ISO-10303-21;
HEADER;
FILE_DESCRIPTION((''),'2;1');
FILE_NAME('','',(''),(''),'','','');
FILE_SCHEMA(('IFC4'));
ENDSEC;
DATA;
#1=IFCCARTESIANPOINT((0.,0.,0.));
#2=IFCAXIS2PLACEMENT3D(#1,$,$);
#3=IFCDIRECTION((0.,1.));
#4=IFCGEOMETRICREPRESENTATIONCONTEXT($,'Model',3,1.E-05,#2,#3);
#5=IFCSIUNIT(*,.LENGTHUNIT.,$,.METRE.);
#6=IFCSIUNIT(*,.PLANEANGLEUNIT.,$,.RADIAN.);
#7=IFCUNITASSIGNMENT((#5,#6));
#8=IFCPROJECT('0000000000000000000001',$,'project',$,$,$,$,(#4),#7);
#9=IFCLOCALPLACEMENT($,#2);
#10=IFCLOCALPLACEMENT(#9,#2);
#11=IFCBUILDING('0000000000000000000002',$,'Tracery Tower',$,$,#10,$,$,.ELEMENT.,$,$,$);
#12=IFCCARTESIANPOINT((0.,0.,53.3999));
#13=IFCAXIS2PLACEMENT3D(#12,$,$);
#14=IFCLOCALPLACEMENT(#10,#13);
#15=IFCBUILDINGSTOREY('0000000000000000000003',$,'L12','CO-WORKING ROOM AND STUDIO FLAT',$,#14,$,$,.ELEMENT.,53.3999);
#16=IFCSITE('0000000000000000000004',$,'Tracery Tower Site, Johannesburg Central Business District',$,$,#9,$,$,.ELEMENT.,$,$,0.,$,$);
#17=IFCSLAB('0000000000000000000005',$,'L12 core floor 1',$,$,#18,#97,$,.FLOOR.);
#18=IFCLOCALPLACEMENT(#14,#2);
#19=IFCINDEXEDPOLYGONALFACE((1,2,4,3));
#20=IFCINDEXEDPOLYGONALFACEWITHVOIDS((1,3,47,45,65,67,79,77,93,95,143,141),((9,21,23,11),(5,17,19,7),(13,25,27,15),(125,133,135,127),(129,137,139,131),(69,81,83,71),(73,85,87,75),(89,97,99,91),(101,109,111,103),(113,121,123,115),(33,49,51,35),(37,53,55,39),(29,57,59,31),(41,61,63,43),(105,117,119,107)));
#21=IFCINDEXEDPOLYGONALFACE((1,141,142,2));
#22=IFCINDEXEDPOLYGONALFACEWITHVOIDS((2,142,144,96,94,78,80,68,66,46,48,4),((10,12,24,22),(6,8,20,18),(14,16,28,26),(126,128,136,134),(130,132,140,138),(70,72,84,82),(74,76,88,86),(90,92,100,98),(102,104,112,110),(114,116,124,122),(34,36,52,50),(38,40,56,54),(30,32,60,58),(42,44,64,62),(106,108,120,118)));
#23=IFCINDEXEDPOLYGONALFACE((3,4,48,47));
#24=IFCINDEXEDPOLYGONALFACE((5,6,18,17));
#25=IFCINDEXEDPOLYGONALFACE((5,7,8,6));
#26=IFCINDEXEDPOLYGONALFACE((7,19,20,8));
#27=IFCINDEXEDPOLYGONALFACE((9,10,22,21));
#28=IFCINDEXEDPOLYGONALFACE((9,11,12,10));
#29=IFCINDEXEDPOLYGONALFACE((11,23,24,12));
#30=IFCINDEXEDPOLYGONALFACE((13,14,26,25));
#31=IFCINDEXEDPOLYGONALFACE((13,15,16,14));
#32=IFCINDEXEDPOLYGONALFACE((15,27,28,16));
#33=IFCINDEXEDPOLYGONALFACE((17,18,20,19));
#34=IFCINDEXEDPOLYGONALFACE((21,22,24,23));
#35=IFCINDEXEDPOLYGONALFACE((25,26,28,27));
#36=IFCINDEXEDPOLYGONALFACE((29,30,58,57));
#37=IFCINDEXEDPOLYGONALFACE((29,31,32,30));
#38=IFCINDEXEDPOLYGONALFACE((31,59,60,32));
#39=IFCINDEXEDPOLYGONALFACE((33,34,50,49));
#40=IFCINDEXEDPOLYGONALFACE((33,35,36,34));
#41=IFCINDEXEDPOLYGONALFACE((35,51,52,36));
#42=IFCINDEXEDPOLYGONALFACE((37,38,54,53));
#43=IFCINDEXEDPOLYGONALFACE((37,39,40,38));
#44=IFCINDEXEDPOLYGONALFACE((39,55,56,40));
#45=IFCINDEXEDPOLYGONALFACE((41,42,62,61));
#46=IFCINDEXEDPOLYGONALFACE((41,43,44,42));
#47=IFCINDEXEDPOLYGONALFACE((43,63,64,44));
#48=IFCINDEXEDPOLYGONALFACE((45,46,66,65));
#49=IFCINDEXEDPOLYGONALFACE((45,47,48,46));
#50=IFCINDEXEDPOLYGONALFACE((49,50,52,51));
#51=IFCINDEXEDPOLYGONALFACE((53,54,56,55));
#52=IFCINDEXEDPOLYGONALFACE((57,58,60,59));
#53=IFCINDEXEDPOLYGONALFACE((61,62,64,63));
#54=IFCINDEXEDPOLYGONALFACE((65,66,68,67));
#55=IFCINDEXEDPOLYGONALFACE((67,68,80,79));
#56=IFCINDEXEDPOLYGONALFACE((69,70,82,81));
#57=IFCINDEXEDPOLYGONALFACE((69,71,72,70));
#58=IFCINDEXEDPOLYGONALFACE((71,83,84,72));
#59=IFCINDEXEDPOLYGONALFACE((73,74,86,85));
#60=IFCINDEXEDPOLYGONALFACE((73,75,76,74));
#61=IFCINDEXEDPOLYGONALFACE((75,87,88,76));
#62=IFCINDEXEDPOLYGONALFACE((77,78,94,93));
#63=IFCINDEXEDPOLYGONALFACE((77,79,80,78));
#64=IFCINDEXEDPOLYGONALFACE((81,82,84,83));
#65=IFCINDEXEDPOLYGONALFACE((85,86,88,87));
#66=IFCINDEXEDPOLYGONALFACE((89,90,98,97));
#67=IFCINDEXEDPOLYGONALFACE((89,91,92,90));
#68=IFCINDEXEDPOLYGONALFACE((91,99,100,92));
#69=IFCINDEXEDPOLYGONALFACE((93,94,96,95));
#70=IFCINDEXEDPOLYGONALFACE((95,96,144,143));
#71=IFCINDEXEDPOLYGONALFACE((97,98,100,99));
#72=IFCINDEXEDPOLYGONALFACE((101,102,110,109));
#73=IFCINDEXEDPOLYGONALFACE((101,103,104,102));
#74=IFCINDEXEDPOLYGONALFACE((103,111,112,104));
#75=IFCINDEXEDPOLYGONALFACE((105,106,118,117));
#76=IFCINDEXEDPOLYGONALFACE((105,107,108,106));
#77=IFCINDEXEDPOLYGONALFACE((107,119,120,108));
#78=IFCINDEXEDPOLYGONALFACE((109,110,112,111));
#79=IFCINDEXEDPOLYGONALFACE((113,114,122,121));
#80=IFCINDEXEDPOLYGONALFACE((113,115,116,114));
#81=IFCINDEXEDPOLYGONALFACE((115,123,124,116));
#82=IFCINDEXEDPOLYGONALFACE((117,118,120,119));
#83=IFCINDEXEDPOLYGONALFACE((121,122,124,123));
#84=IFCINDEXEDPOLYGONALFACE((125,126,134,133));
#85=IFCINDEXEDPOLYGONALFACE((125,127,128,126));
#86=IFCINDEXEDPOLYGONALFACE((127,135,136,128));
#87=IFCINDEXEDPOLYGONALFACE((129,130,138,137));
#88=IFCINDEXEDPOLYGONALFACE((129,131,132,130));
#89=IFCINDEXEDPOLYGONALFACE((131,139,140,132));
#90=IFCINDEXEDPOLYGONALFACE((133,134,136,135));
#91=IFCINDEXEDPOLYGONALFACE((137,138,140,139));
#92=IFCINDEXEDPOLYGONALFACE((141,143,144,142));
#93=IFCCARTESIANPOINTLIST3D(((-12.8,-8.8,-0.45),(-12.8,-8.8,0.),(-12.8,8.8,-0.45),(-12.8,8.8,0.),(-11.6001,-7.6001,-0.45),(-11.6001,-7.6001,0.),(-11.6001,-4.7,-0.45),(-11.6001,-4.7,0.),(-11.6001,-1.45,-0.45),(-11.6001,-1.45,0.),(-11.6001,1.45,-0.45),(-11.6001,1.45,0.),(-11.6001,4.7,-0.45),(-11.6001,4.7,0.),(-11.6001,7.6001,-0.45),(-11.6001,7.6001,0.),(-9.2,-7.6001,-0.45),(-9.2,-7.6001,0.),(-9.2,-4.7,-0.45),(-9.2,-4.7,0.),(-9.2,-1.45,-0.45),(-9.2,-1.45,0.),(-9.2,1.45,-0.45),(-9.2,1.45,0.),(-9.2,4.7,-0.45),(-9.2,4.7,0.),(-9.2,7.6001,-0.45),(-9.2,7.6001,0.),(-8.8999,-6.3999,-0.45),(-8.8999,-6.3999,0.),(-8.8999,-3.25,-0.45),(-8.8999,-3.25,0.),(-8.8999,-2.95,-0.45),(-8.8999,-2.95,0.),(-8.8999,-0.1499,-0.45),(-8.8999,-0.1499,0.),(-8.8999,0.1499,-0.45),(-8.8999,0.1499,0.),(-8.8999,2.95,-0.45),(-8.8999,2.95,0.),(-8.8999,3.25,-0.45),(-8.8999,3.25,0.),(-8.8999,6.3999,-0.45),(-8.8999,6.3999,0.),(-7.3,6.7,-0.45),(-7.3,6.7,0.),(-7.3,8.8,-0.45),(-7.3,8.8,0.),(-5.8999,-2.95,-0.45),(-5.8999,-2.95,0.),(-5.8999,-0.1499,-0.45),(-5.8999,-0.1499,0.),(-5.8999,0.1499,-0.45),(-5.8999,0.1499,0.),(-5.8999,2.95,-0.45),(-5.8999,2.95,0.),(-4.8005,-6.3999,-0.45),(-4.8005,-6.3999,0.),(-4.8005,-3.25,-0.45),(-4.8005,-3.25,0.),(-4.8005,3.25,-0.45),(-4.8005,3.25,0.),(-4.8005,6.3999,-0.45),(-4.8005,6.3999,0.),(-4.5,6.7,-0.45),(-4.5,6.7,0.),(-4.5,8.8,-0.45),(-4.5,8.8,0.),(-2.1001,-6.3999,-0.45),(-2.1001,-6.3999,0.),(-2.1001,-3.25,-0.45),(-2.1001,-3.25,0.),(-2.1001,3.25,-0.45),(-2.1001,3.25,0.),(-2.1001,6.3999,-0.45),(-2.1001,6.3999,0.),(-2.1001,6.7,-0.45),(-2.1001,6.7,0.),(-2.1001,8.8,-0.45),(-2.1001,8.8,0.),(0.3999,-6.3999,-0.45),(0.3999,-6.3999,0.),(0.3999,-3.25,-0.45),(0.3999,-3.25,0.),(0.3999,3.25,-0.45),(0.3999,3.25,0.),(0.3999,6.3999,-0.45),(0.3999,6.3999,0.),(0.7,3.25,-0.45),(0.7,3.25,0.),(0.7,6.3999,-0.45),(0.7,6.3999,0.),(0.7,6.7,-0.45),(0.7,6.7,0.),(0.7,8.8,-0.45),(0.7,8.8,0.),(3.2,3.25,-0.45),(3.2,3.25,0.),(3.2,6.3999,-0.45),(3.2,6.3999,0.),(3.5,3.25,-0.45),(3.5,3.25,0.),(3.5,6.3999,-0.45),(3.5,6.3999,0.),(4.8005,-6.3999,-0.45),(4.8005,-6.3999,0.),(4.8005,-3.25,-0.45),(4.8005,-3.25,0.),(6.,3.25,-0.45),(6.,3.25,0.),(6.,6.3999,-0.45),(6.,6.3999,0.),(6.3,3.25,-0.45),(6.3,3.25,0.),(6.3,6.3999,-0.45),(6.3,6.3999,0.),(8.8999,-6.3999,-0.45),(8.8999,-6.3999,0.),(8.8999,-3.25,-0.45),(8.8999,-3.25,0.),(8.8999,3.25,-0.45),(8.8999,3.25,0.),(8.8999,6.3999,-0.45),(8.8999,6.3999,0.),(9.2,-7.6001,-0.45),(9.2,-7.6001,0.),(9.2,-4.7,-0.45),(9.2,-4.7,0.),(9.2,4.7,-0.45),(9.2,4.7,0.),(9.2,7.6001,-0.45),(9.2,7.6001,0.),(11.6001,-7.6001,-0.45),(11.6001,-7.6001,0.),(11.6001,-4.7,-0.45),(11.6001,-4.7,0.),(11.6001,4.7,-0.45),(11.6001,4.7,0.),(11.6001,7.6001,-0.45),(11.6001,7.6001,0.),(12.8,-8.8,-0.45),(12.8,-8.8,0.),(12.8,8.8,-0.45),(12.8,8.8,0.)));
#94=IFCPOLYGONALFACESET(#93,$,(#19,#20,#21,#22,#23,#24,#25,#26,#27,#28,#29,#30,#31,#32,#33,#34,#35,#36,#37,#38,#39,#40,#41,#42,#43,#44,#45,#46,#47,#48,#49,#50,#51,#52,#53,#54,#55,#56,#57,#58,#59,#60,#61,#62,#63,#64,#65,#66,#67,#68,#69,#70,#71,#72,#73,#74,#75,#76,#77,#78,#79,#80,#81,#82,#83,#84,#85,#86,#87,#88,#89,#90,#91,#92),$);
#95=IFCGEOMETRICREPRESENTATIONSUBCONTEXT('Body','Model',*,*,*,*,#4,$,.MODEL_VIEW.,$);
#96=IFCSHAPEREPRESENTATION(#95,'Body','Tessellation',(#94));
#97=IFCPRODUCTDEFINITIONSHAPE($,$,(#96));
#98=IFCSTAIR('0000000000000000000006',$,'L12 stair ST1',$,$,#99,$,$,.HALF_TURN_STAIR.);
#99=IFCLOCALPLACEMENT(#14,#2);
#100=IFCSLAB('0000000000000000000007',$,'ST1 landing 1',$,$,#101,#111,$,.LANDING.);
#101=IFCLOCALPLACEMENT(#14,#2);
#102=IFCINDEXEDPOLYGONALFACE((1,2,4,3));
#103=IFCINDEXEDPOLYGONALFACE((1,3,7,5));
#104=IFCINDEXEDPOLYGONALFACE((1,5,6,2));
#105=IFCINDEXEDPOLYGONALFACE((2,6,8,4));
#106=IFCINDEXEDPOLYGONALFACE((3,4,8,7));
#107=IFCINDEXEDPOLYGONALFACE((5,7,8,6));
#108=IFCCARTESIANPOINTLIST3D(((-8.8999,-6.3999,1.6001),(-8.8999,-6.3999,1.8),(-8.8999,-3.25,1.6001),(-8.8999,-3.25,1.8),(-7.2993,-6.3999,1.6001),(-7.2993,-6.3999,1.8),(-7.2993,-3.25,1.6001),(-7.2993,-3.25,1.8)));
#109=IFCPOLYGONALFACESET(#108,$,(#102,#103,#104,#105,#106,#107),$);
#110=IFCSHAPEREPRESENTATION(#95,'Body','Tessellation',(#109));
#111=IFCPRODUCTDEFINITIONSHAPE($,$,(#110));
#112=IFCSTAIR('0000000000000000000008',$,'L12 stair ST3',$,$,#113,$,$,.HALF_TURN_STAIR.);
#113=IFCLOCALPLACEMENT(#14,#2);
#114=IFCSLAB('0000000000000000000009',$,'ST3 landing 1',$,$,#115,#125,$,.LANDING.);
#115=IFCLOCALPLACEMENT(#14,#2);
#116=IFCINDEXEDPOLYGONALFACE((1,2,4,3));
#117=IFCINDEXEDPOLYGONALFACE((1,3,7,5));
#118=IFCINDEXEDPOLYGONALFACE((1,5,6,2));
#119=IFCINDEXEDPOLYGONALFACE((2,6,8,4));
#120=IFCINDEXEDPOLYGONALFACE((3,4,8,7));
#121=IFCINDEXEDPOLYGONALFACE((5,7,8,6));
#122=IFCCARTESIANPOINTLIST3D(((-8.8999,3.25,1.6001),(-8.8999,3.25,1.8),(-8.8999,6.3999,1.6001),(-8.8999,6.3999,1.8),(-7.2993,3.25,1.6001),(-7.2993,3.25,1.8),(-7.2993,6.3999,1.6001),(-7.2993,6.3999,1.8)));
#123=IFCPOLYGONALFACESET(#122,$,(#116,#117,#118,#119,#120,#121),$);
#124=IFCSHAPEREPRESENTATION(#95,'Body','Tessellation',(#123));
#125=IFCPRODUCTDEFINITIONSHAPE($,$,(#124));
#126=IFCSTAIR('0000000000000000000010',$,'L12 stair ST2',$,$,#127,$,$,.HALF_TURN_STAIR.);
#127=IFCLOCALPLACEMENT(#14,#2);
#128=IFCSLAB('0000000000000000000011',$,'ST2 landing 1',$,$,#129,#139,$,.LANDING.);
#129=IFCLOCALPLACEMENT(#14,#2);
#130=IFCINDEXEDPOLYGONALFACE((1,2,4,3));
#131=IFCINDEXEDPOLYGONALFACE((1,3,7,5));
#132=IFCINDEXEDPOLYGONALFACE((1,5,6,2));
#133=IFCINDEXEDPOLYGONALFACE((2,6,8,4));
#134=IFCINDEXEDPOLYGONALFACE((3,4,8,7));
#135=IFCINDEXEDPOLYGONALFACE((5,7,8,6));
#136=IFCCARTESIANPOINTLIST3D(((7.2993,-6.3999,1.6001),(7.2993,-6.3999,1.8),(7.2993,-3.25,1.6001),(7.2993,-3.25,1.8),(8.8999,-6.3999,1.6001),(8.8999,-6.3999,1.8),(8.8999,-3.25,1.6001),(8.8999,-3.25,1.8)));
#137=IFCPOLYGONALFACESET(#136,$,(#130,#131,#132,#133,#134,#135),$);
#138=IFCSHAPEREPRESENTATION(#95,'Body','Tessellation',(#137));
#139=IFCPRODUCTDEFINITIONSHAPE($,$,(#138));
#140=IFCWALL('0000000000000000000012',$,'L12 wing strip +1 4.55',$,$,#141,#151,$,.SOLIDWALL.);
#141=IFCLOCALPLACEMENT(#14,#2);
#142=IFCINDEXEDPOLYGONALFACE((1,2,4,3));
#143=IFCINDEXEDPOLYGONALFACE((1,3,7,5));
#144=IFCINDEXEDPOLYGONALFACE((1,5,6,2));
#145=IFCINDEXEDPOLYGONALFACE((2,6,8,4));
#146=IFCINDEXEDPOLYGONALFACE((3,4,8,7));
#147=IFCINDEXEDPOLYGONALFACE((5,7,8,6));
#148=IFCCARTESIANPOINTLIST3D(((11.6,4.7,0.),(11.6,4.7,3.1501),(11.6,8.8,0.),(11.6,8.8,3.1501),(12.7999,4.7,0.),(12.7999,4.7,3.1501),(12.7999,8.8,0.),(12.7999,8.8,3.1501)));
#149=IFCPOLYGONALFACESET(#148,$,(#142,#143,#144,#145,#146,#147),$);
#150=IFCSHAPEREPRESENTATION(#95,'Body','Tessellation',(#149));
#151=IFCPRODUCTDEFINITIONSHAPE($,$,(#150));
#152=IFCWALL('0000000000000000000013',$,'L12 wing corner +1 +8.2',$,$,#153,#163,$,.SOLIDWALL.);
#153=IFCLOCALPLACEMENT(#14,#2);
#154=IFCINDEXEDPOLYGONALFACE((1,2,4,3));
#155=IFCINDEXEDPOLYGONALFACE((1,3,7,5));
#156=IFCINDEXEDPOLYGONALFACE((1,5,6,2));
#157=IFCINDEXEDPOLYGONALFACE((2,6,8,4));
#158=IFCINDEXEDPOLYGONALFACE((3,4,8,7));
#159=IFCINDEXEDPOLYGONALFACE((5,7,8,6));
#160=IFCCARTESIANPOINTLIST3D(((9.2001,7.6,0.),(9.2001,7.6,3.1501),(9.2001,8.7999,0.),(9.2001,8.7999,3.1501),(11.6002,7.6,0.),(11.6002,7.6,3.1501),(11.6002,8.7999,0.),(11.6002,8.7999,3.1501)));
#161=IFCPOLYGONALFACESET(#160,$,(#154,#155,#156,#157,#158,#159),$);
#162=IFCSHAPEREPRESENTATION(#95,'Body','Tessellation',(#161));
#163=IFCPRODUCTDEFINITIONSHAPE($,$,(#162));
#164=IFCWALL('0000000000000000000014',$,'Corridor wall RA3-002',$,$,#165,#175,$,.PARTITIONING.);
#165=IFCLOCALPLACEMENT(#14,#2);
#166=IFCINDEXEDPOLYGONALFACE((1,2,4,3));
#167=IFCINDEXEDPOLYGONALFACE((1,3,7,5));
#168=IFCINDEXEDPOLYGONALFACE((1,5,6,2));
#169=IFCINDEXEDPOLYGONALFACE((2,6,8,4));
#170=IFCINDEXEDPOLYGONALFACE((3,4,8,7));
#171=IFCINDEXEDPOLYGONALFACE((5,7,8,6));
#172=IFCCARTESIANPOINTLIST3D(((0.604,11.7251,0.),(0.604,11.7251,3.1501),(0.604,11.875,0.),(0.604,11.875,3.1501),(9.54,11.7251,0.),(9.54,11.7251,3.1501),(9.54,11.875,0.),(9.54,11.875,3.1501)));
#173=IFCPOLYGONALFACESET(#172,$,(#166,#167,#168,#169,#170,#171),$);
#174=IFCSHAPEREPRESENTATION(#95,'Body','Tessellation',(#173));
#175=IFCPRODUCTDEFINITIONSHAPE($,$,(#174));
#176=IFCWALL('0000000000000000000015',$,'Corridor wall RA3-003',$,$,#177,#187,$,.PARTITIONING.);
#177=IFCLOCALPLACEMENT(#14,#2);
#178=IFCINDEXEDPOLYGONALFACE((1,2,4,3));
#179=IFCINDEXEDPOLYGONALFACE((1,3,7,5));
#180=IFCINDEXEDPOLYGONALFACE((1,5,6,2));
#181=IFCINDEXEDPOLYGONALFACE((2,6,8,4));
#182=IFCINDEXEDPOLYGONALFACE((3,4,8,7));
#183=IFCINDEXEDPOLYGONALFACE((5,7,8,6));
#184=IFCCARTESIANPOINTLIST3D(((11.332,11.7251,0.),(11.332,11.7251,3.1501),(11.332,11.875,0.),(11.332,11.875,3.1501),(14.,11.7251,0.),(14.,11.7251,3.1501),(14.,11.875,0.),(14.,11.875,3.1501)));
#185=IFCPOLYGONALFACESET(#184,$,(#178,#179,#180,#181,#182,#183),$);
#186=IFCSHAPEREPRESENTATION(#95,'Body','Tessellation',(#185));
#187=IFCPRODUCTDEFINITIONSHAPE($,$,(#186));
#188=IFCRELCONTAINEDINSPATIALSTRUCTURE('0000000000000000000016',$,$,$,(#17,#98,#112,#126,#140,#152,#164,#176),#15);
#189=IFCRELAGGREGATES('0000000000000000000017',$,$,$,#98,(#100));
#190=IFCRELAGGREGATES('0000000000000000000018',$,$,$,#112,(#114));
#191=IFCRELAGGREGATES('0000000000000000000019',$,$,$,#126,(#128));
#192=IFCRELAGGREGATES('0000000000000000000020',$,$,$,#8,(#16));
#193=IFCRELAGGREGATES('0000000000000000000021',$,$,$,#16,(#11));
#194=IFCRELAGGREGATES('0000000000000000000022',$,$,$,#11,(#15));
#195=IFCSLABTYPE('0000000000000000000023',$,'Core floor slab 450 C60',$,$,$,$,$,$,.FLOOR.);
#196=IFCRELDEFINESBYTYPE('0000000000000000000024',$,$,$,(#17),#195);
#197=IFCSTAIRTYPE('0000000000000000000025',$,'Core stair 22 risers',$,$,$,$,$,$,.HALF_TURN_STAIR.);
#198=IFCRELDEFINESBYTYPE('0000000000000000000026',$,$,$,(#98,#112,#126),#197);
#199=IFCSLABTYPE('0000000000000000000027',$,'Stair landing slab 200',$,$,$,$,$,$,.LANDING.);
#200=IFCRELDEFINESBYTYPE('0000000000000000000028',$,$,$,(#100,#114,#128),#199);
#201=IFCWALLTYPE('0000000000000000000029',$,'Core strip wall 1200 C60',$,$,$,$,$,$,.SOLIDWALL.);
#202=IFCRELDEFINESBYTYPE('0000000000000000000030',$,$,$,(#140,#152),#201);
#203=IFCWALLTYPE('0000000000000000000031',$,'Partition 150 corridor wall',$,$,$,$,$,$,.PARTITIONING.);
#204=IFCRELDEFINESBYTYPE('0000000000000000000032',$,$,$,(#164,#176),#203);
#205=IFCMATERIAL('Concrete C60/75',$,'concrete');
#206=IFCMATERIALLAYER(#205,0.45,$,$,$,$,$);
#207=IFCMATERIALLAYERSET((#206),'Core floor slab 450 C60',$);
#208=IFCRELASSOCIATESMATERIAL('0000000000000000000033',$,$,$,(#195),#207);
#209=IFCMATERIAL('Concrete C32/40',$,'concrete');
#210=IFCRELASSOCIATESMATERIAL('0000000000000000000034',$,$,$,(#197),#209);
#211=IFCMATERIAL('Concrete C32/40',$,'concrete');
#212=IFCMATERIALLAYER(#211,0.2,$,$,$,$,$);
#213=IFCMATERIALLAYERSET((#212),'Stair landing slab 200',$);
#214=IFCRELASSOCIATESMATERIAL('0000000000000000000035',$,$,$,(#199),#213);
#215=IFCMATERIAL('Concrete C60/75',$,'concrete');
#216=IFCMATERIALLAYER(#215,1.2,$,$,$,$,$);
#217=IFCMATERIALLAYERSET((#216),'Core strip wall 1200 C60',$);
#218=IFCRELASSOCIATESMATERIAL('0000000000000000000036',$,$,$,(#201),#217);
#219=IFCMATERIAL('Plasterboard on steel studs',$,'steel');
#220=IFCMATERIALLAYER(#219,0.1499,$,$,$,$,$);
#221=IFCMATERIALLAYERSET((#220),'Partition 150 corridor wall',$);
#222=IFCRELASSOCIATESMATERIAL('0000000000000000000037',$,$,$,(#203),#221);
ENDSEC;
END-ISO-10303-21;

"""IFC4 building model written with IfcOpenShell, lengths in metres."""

from ifc_helpers import new_model, si_unit, direction, frame, frame_2d, origin, place, context, subcontext, project, spatial, polyline, rectangle, outline, extrude, material, layer, layer_set, type_object, element, aggregate, save


model = new_model("IFC4")

# Units and contexts
model_context = context("Model", 3, precision=1e-05, world=origin(), true_north=direction((0.0, 1.0)))
body_context = subcontext(model_context, "Body", "Model", "MODEL_VIEW")
ifc_project = project(units=[si_unit("LENGTHUNIT", "METRE"), si_unit("PLANEANGLEUNIT", "RADIAN")], contexts=[model_context])

# Site, building, storey
site_placement = place(None, origin())
site = spatial("IfcSite", under=ifc_project, at=site_placement, Name="Tracery Tower Site, Johannesburg Central Business District", CompositionType="ELEMENT", RefElevation=0.0)
building_placement = place(site_placement, origin())
building = spatial("IfcBuilding", under=site, at=building_placement, Name="Tracery Tower", CompositionType="ELEMENT")
storey_placement = place(building_placement, frame((0.0, 0.0, 53.3999)))
storey = spatial("IfcBuildingStorey", under=building, at=storey_placement, Name="L12", Description="CO-WORKING ROOM AND STUDIO FLAT", CompositionType="ELEMENT", Elevation=53.3999)

# Slab
ifc_material_1 = material(Name="Concrete C60/75", Category="concrete")
ifc_layer_1 = layer(ifc_material_1, 0.45)
ifc_layer_set_1 = layer_set([ifc_layer_1], Name="Core floor slab 450 C60")
slab_type_1 = type_object("IfcSlabType", Name="Core floor slab 450 C60", PredefinedType="FLOOR", material=ifc_layer_set_1)
slab_1_placement = place(storey_placement, frame((0.0, 0.0, -0.45)))
element("IfcSlab", 1, at=slab_1_placement, inside=storey, type_object=slab_type_1, Name="L12 core floor 1", PredefinedType="FLOOR", context=body_context, shape_type="SweptSolid", body=[
    extrude(outline(polyline([(-12.8, 8.8), (-7.3, 8.8), (-7.3, 6.7), (-4.5, 6.7), (-4.5, 8.8), (-2.1001, 8.8), (-2.1001, 6.7), (0.7, 6.7), (0.7, 8.8), (12.8, 8.8), (12.8, -8.8), (-12.8, -8.8), (-12.8, 8.8)]), holes=[polyline([(11.6001, -7.6001), (11.6001, -4.7), (9.2, -4.7), (9.2, -7.6001), (11.6001, -7.6001)]), polyline([(11.6001, 4.7), (11.6001, 7.6001), (9.2, 7.6001), (9.2, 4.7), (11.6001, 4.7)]), polyline([(4.8005, -3.25), (4.8005, -6.3999), (8.8999, -6.3999), (8.8999, -3.25), (4.8005, -3.25)]), polyline([(6.3, 3.25), (8.8999, 3.25), (8.8999, 6.3999), (6.3, 6.3999), (6.3, 3.25)]), polyline([(3.5, 3.25), (6.0, 3.25), (6.0, 6.3999), (3.5, 6.3999), (3.5, 3.25)]), polyline([(3.2, 3.25), (3.2, 6.3999), (0.7, 6.3999), (0.7, 3.25), (3.2, 3.25)]), polyline([(-2.1001, 3.25), (0.3999, 3.25), (0.3999, 6.3999), (-2.1001, 6.3999), (-2.1001, 3.25)]), polyline([(0.3999, -6.3999), (0.3999, -3.25), (-2.1001, -3.25), (-2.1001, -6.3999), (0.3999, -6.3999)]), polyline([(-4.8005, -3.25), (-8.8999, -3.25), (-8.8999, -6.3999), (-4.8005, -6.3999), (-4.8005, -3.25)]), polyline([(-4.8005, 6.3999), (-8.8999, 6.3999), (-8.8999, 3.25), (-4.8005, 3.25), (-4.8005, 6.3999)]), polyline([(-8.8999, -2.95), (-5.8999, -2.95), (-5.8999, -0.1499), (-8.8999, -0.1499), (-8.8999, -2.95)]), polyline([(-5.8999, 0.1499), (-5.8999, 2.95), (-8.8999, 2.95), (-8.8999, 0.1499), (-5.8999, 0.1499)]), polyline([(-11.6001, 4.7), (-9.2, 4.7), (-9.2, 7.6001), (-11.6001, 7.6001), (-11.6001, 4.7)]), polyline([(-9.2, -7.6001), (-9.2, -4.7), (-11.6001, -4.7), (-11.6001, -7.6001), (-9.2, -7.6001)]), polyline([(-9.2, -1.45), (-9.2, 1.45), (-11.6001, 1.45), (-11.6001, -1.45), (-9.2, -1.45)])]), origin(), (0.0, 0.0, 1.0), 0.45),
])

# Stairs, slabs
ifc_material_2 = material(Name="Concrete C32/40", Category="concrete")
stair_type = type_object("IfcStairType", Name="Core stair 22 risers", PredefinedType="HALF_TURN_STAIR", material=ifc_material_2)
stair_1_placement = place(storey_placement, origin())
stair_1 = element("IfcStair", 2, at=stair_1_placement, inside=storey, type_object=stair_type, Name="L12 stair ST1", PredefinedType="HALF_TURN_STAIR")
ifc_material_3 = material(Name="Concrete C32/40", Category="concrete")
ifc_layer_2 = layer(ifc_material_3, 0.2)
ifc_layer_set_2 = layer_set([ifc_layer_2], Name="Stair landing slab 200")
slab_type_2 = type_object("IfcSlabType", Name="Stair landing slab 200", PredefinedType="LANDING", material=ifc_layer_set_2)
slab_2_placement = place(storey_placement, frame((0.0, 0.0, 1.6001)))
slab_2 = element("IfcSlab", 3, at=slab_2_placement, type_object=slab_type_2, Name="ST1 landing 1", PredefinedType="LANDING", context=body_context, shape_type="SweptSolid", body=[
    extrude(outline(polyline([(-7.2993, -3.25), (-8.8999, -3.25), (-8.8999, -6.3999), (-7.2993, -6.3999), (-7.2993, -3.25)])), origin(), (0.0, 0.0, 1.0), 0.2),
])
aggregate(stair_1, [slab_2])
stair_2_placement = place(storey_placement, origin())
stair_2 = element("IfcStair", 4, at=stair_2_placement, inside=storey, type_object=stair_type, Name="L12 stair ST3", PredefinedType="HALF_TURN_STAIR")
slab_3_placement = place(storey_placement, frame((0.0, 0.0, 1.6001)))
slab_3 = element("IfcSlab", 5, at=slab_3_placement, type_object=slab_type_2, Name="ST3 landing 1", PredefinedType="LANDING", context=body_context, shape_type="SweptSolid", body=[
    extrude(outline(polyline([(-7.2993, 6.3999), (-8.8999, 6.3999), (-8.8999, 3.25), (-7.2993, 3.25), (-7.2993, 6.3999)])), origin(), (0.0, 0.0, 1.0), 0.2),
])
aggregate(stair_2, [slab_3])
stair_3_placement = place(storey_placement, origin())
stair_3 = element("IfcStair", 6, at=stair_3_placement, inside=storey, type_object=stair_type, Name="L12 stair ST2", PredefinedType="HALF_TURN_STAIR")
slab_4_placement = place(storey_placement, frame((0.0, 0.0, 1.6001)))
slab_4 = element("IfcSlab", 7, at=slab_4_placement, type_object=slab_type_2, Name="ST2 landing 1", PredefinedType="LANDING", context=body_context, shape_type="SweptSolid", body=[
    extrude(outline(polyline([(7.2993, -6.3999), (8.8999, -6.3999), (8.8999, -3.25), (7.2993, -3.25), (7.2993, -6.3999)])), origin(), (0.0, 0.0, 1.0), 0.2),
])
aggregate(stair_3, [slab_4])

# Walls
ifc_material_4 = material(Name="Concrete C60/75", Category="concrete")
ifc_layer_3 = layer(ifc_material_4, 1.2)
ifc_layer_set_3 = layer_set([ifc_layer_3], Name="Core strip wall 1200 C60")
wall_type_1 = type_object("IfcWallType", Name="Core strip wall 1200 C60", PredefinedType="SOLIDWALL", material=ifc_layer_set_3)
wall_1_placement = place(storey_placement, frame((12.2, 4.7, 0.0), z_axis=(0.0, 0.0, 1.0), x_axis=(0.0, 1.0, 0.0)))
element("IfcWall", 8, at=wall_1_placement, inside=storey, type_object=wall_type_1, Name="L12 wing strip +1 4.55", PredefinedType="SOLIDWALL", context=body_context, shape_type="SweptSolid", body=[
    extrude(rectangle(XDim=4.1001, YDim=1.2, at=frame_2d((2.05, 0.0))), origin(), (0.0, 0.0, 1.0), 3.1501),
])
wall_2_placement = place(storey_placement, frame((9.2, 8.2, 0.0), z_axis=(0.0, 0.0, 1.0), x_axis=(1.0, 0.0, 0.0)))
element("IfcWall", 9, at=wall_2_placement, inside=storey, type_object=wall_type_1, Name="L12 wing corner +1 +8.2", PredefinedType="SOLIDWALL", context=body_context, shape_type="SweptSolid", body=[
    extrude(rectangle(XDim=2.4001, YDim=1.2, at=frame_2d((1.2002, 0.0))), origin(), (0.0, 0.0, 1.0), 3.1501),
])
ifc_material_5 = material(Name="Plasterboard on steel studs", Category="steel")
ifc_layer_4 = layer(ifc_material_5, 0.1499)
ifc_layer_set_4 = layer_set([ifc_layer_4], Name="Partition 150 corridor wall")
wall_type_2 = type_object("IfcWallType", Name="Partition 150 corridor wall", PredefinedType="PARTITIONING", material=ifc_layer_set_4)
wall_3_placement = place(storey_placement, frame((0.604, 11.8, 0.0), z_axis=(0.0, 0.0, 1.0), x_axis=(1.0, 0.0, 0.0)))
element("IfcWall", 10, at=wall_3_placement, inside=storey, type_object=wall_type_2, Name="Corridor wall RA3-002", PredefinedType="PARTITIONING", context=body_context, shape_type="SweptSolid", body=[
    extrude(rectangle(XDim=8.936, YDim=0.1499, at=frame_2d((4.468, 0.0))), origin(), (0.0, 0.0, 1.0), 3.1501),
])
wall_4_placement = place(storey_placement, frame((11.332, 11.8, 0.0), z_axis=(0.0, 0.0, 1.0), x_axis=(1.0, 0.0, 0.0)))
element("IfcWall", 11, at=wall_4_placement, inside=storey, type_object=wall_type_2, Name="Corridor wall RA3-003", PredefinedType="PARTITIONING", context=body_context, shape_type="SweptSolid", body=[
    extrude(rectangle(XDim=2.668, YDim=0.1499, at=frame_2d((1.334, 0.0))), origin(), (0.0, 0.0, 1.0), 3.1501),
])

save(model, "model.ifc")
